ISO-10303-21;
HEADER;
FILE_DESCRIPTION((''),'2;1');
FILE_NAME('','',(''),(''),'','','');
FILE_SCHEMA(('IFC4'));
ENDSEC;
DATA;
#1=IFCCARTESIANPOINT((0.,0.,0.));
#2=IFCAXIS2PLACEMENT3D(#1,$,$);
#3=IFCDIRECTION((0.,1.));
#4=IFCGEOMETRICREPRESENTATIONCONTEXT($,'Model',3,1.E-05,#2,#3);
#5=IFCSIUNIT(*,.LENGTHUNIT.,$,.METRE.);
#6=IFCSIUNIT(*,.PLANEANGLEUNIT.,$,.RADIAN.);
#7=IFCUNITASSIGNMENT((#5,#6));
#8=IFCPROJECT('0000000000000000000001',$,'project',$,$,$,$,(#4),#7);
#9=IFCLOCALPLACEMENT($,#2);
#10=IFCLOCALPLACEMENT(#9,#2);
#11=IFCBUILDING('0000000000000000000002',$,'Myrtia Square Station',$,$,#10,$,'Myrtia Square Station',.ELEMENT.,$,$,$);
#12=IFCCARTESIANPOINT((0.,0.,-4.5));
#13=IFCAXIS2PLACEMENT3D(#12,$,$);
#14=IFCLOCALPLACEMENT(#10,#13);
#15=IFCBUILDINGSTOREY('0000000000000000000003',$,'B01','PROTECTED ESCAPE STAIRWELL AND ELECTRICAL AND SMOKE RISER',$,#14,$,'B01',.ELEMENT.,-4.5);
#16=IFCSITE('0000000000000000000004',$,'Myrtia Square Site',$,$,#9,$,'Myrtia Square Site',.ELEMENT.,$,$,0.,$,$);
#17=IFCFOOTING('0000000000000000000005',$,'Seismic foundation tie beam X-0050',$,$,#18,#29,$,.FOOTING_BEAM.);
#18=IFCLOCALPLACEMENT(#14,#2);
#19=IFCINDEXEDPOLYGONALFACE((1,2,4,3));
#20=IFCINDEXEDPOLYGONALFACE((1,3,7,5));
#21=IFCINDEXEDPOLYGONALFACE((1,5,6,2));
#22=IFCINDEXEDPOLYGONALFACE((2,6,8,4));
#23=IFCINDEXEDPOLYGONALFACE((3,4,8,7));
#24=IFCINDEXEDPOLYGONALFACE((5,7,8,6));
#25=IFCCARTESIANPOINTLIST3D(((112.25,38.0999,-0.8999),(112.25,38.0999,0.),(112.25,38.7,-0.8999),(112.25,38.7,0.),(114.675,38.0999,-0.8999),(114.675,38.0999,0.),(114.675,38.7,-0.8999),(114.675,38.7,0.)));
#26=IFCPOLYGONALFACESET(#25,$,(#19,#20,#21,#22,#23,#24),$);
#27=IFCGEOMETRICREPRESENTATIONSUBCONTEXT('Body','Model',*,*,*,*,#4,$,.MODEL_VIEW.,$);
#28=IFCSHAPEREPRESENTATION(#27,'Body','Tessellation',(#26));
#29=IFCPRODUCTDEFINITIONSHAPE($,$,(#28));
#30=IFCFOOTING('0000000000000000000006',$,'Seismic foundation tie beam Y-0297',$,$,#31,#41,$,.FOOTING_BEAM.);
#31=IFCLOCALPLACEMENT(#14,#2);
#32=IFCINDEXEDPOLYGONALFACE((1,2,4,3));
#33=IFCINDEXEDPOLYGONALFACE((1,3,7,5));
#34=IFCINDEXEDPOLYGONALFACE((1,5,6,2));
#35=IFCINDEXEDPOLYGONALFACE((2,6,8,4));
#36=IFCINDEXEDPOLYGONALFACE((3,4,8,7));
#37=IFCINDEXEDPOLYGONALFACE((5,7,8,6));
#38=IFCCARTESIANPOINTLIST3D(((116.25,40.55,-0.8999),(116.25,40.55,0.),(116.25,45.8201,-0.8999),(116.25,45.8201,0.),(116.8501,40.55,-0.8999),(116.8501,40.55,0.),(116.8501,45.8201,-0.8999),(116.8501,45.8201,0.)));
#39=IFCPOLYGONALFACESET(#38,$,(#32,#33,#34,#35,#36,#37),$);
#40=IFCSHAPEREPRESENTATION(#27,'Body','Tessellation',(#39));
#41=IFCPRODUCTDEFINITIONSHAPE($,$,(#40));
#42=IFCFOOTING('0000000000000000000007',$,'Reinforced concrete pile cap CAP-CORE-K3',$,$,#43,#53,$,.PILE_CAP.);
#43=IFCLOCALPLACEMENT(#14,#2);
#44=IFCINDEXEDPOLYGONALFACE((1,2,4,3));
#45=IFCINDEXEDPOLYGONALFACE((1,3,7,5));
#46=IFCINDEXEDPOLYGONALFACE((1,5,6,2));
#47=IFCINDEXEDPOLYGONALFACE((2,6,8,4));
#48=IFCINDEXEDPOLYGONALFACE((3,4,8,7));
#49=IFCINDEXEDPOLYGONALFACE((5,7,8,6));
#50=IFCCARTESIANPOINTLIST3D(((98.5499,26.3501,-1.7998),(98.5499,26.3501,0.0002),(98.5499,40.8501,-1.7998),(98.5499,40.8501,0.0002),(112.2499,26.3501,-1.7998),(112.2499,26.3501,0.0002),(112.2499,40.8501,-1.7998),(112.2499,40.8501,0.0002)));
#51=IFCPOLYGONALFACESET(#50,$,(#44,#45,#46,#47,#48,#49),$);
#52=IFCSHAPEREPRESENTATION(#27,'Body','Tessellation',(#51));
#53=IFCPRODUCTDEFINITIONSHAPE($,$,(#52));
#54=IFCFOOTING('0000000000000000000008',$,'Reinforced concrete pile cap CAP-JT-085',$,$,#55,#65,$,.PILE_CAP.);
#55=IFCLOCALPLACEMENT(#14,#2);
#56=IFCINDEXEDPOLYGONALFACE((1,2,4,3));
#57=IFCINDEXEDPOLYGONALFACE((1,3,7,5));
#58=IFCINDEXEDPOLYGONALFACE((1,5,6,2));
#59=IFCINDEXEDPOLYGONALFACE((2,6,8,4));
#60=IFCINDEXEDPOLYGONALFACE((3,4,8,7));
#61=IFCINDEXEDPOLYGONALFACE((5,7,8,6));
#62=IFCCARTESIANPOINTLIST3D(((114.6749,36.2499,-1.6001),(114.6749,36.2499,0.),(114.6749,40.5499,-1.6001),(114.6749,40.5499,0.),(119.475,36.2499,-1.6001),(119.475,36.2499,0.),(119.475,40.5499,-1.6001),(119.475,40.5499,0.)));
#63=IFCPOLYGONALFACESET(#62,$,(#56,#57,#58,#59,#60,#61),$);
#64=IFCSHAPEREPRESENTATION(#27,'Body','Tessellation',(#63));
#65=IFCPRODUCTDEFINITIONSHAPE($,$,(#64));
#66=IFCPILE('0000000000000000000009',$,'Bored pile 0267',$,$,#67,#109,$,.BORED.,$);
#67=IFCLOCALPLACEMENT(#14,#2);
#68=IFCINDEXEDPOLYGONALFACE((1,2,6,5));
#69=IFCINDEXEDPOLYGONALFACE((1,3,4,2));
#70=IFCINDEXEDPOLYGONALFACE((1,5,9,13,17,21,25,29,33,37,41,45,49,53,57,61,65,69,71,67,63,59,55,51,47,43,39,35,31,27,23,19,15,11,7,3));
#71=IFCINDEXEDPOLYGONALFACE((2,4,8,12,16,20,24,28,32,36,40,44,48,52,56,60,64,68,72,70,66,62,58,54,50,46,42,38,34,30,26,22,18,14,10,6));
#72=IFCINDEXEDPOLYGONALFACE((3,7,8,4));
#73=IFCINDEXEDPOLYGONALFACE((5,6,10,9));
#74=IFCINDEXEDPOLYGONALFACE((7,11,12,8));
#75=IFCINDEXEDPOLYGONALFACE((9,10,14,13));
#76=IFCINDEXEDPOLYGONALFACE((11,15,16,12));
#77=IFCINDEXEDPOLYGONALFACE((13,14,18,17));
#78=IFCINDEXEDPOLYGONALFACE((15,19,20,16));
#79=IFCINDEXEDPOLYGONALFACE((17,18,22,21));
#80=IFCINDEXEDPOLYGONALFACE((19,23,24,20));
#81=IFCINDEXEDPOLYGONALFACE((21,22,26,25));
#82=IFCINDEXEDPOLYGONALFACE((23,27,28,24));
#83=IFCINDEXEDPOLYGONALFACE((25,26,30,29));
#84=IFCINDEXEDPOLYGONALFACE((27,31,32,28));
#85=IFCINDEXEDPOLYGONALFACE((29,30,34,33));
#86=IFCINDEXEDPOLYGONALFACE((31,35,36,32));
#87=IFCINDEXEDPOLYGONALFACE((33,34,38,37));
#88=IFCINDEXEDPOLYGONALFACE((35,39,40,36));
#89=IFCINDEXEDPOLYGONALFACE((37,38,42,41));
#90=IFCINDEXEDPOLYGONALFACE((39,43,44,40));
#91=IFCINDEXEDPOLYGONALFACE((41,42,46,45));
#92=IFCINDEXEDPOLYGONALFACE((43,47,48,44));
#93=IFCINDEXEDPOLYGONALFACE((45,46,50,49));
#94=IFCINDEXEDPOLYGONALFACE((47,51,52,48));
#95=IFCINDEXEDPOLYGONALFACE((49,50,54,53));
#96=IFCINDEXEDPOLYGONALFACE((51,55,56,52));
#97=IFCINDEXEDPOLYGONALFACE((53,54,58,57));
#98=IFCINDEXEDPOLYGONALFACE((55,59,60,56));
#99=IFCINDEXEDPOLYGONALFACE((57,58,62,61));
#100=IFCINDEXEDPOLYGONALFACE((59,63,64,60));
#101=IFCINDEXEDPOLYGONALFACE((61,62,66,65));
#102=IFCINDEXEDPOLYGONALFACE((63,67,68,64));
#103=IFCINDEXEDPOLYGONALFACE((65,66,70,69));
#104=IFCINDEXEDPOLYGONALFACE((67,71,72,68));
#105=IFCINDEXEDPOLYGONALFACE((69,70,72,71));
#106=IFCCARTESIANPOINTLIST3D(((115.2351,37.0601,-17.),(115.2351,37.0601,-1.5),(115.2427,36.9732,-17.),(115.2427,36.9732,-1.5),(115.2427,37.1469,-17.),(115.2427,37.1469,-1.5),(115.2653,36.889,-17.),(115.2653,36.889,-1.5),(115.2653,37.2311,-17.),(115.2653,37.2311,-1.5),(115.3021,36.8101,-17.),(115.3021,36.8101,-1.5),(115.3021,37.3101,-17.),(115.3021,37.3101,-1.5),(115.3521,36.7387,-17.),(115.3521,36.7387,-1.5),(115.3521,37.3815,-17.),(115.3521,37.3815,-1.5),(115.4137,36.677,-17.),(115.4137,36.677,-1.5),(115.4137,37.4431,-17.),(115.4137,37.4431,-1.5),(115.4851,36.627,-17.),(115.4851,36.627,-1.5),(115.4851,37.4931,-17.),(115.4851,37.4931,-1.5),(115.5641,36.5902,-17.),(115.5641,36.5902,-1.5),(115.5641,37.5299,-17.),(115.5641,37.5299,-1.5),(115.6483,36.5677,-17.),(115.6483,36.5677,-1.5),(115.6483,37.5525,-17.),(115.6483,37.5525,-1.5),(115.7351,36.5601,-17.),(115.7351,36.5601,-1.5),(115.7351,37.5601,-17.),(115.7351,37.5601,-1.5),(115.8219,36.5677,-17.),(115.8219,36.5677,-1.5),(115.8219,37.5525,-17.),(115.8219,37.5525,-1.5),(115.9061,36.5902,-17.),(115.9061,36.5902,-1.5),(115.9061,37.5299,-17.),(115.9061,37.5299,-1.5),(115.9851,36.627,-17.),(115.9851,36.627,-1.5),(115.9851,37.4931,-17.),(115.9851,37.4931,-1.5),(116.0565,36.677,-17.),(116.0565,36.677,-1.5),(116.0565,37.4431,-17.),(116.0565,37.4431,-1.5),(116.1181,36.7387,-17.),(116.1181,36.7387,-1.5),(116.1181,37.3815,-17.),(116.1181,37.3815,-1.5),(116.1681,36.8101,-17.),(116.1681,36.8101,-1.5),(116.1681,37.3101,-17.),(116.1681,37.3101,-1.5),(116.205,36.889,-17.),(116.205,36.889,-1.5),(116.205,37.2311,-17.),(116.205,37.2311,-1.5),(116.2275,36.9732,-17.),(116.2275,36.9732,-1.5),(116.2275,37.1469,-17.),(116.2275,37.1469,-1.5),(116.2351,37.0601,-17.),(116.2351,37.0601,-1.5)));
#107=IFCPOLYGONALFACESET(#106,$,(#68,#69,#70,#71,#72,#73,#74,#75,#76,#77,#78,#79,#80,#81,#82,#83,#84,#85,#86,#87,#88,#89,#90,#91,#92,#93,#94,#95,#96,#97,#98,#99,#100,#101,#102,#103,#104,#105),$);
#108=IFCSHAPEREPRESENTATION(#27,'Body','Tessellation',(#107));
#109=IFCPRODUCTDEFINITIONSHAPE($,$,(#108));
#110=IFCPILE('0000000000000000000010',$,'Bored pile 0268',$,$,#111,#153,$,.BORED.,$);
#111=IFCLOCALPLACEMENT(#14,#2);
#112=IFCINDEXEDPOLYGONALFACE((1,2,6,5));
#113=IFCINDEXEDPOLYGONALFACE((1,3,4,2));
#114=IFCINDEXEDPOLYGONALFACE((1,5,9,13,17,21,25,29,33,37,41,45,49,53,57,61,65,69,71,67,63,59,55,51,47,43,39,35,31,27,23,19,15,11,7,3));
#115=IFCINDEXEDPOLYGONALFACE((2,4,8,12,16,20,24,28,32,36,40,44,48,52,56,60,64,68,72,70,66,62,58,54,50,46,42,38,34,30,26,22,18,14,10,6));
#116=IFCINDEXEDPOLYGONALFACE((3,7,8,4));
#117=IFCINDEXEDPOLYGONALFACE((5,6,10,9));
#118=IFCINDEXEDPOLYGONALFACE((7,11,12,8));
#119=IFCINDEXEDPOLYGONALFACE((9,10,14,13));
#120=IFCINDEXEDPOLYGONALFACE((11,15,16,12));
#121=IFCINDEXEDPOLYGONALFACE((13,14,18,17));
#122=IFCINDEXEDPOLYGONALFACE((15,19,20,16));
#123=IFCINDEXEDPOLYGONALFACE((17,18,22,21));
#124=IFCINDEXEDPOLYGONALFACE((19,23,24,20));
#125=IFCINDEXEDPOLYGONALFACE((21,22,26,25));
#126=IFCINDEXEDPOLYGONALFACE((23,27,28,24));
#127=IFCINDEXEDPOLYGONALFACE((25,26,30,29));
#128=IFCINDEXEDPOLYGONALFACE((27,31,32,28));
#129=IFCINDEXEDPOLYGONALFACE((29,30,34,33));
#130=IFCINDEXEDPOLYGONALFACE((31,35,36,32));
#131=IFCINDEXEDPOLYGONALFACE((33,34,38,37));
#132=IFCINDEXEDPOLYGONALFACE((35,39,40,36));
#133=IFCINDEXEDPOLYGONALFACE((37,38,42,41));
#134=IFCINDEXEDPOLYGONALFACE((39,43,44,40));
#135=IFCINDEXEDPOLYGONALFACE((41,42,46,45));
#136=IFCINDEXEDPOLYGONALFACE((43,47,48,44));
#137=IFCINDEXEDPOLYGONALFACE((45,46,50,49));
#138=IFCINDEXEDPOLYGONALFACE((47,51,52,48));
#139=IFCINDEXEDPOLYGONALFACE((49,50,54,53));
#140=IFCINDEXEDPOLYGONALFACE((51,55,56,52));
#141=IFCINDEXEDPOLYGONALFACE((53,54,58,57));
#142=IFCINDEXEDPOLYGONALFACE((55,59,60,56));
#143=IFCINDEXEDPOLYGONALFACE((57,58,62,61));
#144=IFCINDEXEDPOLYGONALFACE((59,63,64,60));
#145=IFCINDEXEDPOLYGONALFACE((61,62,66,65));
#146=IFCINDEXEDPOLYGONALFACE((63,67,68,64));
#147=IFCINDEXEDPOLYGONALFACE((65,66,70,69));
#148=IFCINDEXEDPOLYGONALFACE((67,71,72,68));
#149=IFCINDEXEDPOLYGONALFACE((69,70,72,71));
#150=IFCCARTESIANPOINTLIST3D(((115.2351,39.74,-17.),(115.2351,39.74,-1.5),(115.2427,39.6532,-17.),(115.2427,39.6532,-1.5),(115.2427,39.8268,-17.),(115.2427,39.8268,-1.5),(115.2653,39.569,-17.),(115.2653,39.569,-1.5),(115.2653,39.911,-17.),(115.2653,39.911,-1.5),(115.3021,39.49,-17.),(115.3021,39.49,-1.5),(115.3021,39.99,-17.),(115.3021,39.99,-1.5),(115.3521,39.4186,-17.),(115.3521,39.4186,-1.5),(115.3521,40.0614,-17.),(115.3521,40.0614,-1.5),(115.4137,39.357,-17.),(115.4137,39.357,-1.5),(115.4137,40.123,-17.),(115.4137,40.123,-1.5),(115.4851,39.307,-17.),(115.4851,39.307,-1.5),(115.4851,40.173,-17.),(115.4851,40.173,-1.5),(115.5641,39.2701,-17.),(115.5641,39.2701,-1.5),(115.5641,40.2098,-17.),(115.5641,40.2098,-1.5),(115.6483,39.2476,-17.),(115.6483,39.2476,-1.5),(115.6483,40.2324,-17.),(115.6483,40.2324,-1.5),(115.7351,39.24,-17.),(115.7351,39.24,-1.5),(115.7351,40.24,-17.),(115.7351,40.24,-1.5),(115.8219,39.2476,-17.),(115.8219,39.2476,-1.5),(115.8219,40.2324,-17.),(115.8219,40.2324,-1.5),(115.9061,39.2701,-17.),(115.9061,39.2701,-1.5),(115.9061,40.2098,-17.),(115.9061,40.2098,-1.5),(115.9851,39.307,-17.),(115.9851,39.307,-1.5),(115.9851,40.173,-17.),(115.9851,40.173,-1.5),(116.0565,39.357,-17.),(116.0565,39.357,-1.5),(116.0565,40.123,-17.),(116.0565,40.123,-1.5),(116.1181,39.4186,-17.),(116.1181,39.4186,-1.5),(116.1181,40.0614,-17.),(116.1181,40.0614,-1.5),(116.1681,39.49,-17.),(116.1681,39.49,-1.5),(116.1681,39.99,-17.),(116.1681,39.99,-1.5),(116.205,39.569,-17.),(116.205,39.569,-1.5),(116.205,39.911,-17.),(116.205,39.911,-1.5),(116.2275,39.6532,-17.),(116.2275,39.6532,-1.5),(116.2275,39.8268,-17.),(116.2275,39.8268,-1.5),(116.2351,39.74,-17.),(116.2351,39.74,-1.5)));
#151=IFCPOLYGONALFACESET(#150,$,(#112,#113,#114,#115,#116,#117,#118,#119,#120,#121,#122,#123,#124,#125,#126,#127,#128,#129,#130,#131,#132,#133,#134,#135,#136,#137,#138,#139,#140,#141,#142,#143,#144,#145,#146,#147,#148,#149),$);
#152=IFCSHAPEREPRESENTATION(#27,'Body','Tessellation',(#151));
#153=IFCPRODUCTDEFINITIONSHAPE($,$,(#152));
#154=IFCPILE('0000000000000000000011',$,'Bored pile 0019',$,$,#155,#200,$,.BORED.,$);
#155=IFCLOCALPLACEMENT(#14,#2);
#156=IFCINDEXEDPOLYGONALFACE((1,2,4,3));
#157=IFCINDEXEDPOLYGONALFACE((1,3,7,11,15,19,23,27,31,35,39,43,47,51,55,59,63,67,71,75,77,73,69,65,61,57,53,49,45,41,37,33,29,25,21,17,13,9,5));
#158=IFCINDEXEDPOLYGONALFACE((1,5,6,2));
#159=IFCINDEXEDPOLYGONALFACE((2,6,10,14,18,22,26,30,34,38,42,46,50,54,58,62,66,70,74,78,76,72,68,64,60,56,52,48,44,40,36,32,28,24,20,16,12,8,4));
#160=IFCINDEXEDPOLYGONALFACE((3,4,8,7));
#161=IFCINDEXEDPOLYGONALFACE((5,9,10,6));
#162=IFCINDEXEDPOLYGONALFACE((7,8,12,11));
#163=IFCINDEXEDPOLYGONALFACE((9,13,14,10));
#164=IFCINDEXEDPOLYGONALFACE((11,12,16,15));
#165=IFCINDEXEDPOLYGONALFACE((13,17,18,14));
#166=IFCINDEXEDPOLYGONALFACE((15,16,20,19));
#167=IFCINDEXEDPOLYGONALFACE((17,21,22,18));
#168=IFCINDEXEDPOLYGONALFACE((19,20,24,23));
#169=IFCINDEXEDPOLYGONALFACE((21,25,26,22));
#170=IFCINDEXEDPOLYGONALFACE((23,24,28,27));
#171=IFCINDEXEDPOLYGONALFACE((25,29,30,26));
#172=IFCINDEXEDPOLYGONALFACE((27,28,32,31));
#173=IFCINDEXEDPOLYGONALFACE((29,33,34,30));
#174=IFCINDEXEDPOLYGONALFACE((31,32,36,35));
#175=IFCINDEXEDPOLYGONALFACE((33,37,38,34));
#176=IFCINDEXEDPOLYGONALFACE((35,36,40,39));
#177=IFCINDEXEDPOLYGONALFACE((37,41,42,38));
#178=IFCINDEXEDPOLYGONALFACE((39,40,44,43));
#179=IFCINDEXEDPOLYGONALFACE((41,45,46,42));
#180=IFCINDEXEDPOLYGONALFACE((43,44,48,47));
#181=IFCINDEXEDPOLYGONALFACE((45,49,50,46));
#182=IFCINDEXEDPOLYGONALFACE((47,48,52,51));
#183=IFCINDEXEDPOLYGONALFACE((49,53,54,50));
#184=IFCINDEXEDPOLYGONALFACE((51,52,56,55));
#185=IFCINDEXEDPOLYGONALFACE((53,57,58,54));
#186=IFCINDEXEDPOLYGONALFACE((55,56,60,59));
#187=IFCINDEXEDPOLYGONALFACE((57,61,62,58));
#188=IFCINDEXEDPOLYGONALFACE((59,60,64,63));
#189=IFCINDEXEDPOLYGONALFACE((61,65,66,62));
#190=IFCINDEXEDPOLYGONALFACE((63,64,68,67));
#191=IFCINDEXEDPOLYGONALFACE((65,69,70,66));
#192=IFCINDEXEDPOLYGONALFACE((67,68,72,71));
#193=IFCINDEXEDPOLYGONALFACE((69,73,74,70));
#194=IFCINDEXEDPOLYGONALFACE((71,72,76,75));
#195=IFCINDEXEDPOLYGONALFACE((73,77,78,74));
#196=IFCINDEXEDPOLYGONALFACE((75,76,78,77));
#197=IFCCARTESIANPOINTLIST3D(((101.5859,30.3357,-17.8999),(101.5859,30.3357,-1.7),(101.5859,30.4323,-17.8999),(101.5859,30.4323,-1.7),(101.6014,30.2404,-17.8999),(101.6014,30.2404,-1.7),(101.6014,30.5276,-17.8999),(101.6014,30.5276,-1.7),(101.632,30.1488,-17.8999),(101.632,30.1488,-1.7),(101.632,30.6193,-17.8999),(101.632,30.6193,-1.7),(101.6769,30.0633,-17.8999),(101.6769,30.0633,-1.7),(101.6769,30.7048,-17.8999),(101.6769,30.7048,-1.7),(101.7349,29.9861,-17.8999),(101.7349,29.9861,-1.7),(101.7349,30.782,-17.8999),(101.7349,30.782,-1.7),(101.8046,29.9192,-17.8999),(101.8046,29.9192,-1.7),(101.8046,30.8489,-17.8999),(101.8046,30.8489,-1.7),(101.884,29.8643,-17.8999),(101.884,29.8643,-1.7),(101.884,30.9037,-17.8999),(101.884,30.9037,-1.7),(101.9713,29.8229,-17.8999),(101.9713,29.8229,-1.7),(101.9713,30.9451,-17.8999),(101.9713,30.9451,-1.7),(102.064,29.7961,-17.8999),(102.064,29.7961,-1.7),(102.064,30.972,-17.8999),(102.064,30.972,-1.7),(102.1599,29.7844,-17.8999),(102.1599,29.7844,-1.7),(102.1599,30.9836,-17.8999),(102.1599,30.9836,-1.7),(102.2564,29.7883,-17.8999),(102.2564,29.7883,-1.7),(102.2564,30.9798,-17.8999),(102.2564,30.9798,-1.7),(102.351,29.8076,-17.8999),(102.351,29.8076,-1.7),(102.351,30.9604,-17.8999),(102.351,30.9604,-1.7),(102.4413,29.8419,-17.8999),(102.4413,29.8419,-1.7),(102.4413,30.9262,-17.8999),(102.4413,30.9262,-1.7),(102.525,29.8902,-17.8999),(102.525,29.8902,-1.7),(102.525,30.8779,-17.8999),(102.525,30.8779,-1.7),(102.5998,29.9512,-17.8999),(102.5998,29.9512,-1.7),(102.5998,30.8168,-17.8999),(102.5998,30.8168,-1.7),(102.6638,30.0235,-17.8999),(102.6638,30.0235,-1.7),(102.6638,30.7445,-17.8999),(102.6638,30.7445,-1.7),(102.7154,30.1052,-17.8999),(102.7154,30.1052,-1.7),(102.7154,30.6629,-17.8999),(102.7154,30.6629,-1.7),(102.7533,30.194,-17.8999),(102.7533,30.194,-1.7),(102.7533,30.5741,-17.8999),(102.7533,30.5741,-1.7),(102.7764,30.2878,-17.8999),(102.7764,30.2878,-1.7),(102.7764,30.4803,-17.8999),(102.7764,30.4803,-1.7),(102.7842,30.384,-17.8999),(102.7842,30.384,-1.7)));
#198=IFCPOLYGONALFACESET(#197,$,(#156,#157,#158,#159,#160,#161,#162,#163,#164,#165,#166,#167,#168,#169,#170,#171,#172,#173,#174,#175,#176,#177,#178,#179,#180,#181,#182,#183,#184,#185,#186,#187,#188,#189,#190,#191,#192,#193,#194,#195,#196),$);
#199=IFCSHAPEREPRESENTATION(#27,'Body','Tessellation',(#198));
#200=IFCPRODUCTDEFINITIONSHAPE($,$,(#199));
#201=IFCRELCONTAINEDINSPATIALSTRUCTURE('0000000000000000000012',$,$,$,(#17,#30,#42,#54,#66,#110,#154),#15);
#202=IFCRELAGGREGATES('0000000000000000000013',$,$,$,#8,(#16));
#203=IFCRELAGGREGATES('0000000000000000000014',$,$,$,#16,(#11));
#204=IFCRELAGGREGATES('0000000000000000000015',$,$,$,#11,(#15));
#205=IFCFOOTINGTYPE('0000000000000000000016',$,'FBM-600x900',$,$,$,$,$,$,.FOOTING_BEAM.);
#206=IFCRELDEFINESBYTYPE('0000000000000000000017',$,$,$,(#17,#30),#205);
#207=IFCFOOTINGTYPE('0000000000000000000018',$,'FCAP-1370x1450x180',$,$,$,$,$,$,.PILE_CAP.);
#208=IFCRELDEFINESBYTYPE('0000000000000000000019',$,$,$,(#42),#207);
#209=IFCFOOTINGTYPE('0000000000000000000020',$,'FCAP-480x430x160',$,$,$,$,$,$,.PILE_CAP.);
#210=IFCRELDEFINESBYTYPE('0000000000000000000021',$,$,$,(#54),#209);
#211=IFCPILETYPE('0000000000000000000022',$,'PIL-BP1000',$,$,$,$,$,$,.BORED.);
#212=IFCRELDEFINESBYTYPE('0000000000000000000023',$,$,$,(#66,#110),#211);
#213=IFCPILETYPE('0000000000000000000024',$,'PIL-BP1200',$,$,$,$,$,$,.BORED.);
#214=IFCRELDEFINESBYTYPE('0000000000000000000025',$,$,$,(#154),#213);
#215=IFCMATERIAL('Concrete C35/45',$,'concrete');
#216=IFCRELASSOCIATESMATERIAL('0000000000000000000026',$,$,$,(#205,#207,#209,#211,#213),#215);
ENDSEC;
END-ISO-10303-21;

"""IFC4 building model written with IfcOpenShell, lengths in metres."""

from ifc_helpers import new_model, si_unit, direction, frame, origin, origin_2d, place, context, subcontext, project, spatial, rectangle, circle, extrude, material, material_profile, profile_set, type_object, element, save


model = new_model("IFC4")

# Units and contexts
model_context = context("Model", 3, precision=1e-05, world=origin(), true_north=direction((0.0, 1.0)))
body_context = subcontext(model_context, "Body", "Model", "MODEL_VIEW")
ifc_project = project(units=[si_unit("LENGTHUNIT", "METRE"), si_unit("PLANEANGLEUNIT", "RADIAN")], contexts=[model_context])

# Site, building, storey
site_placement = place(None, origin())
site = spatial("IfcSite", under=ifc_project, at=site_placement, Name="Myrtia Square Site", LongName="Myrtia Square Site", CompositionType="ELEMENT", RefElevation=0.0)
building_placement = place(site_placement, origin())
building = spatial("IfcBuilding", under=site, at=building_placement, Name="Myrtia Square Station", LongName="Myrtia Square Station", CompositionType="ELEMENT")
storey_placement = place(building_placement, frame((0.0, 0.0, -4.5)))
storey = spatial("IfcBuildingStorey", under=building, at=storey_placement, Name="B01", Description="PROTECTED ESCAPE STAIRWELL AND ELECTRICAL AND SMOKE RISER", LongName="B01", CompositionType="ELEMENT", Elevation=-4.5)

# Footings
ifc_material_1 = material(Name="Concrete C35/45", Category="concrete")
ifc_material_profile_1 = material_profile(ifc_material_1, rectangle(XDim=0.6001, YDim=0.8999, at=origin_2d()), Name="FB 600x900")
ifc_profile_set_1 = profile_set([ifc_material_profile_1], Name="Concrete C35/45")
footing_type_1 = type_object("IfcFootingType", Name="FBM-600x900", PredefinedType="FOOTING_BEAM", material=ifc_profile_set_1)
footing_1_placement = place(storey_placement, frame((112.25, 38.3999, -0.45), z_axis=(1.0, 0.0, 0.0), x_axis=(0.0, 1.0, 0.0)))
element("IfcFooting", 1, at=footing_1_placement, inside=storey, type_object=footing_type_1, Name="Seismic foundation tie beam X-0050", PredefinedType="FOOTING_BEAM", context=body_context, shape_type="SweptSolid", body=[
    extrude(rectangle(XDim=0.6001, YDim=0.8999, at=origin_2d()), origin(), (0.0, 0.0, 1.0), 2.425),
])
footing_2_placement = place(storey_placement, frame((116.55, 40.55, -0.45), z_axis=(0.0, 1.0, 0.0), x_axis=(-1.0, 0.0, 0.0)))
element("IfcFooting", 2, at=footing_2_placement, inside=storey, type_object=footing_type_1, Name="Seismic foundation tie beam Y-0297", PredefinedType="FOOTING_BEAM", context=body_context, shape_type="SweptSolid", body=[
    extrude(rectangle(XDim=0.6001, YDim=0.8999, at=origin_2d()), origin(), (0.0, 0.0, 1.0), 5.27),
])
footing_type_2 = type_object("IfcFootingType", Name="FCAP-1370x1450x180", PredefinedType="PILE_CAP", material=ifc_material_1)
footing_3_placement = place(storey_placement, frame((105.3999, 33.6001, -1.7998), z_axis=(0.0, 0.0, 1.0), x_axis=(1.0, 0.0, 0.0)))
element("IfcFooting", 3, at=footing_3_placement, inside=storey, type_object=footing_type_2, Name="Reinforced concrete pile cap CAP-CORE-K3", PredefinedType="PILE_CAP", context=body_context, shape_type="SweptSolid", body=[
    extrude(rectangle(XDim=13.7, YDim=14.5, at=origin_2d()), origin(), (0.0, 0.0, 1.0), 1.8),
])
footing_type_3 = type_object("IfcFootingType", Name="FCAP-480x430x160", PredefinedType="PILE_CAP", material=ifc_material_1)
footing_4_placement = place(storey_placement, frame((117.075, 38.3999, -1.6001), z_axis=(0.0, 0.0, 1.0), x_axis=(1.0, 0.0, 0.0)))
element("IfcFooting", 4, at=footing_4_placement, inside=storey, type_object=footing_type_3, Name="Reinforced concrete pile cap CAP-JT-085", PredefinedType="PILE_CAP", context=body_context, shape_type="SweptSolid", body=[
    extrude(rectangle(XDim=4.8, YDim=4.3, at=origin_2d()), origin(), (0.0, 0.0, 1.0), 1.6001),
])

# Piles
ifc_material_profile_2 = material_profile(ifc_material_1, circle(Radius=0.5, at=origin_2d()), Name="BP D1000")
ifc_profile_set_2 = profile_set([ifc_material_profile_2], Name="Concrete C35/45")
pile_type_1 = type_object("IfcPileType", Name="PIL-BP1000", PredefinedType="BORED", material=ifc_profile_set_2)
for number, where, z_axis, x_axis, name in (
    (5, (115.7351, 37.0601, -1.5), (0.0, 0.0, -1.0), (1.0, 0.0, 0.0), "Bored pile 0267"),
    (6, (115.7351, 39.74, -1.5), (0.0, 0.0, -1.0), (1.0, 0.0, 0.0), "Bored pile 0268"),
):
    element("IfcPile", number, at=place(storey_placement, frame(where, z_axis=z_axis, x_axis=x_axis)), inside=storey, type_object=pile_type_1, Name=name, PredefinedType="BORED", context=body_context, shape_type="SweptSolid", body=[
        extrude(circle(Radius=0.5, at=origin_2d()), origin(), (0.0, 0.0, 1.0), 15.5),
    ])
ifc_material_profile_3 = material_profile(ifc_material_1, circle(Radius=0.6001, at=origin_2d()), Name="BP D1200")
ifc_profile_set_3 = profile_set([ifc_material_profile_3], Name="Concrete C35/45")
pile_type_2 = type_object("IfcPileType", Name="PIL-BP1200", PredefinedType="BORED", material=ifc_profile_set_3)
for number, where, z_axis, x_axis, name in (
    (7, (102.1841, 30.384, -1.7), (0.0, 0.0, -1.0), (1.0, 0.0, 0.0), "Bored pile 0019"),
):
    element("IfcPile", number, at=place(storey_placement, frame(where, z_axis=z_axis, x_axis=x_axis)), inside=storey, type_object=pile_type_2, Name=name, PredefinedType="BORED", context=body_context, shape_type="SweptSolid", body=[
        extrude(circle(Radius=0.6001, at=origin_2d()), origin(), (0.0, 0.0, 1.0), 16.2),
    ])

save(model, "model.ifc")
